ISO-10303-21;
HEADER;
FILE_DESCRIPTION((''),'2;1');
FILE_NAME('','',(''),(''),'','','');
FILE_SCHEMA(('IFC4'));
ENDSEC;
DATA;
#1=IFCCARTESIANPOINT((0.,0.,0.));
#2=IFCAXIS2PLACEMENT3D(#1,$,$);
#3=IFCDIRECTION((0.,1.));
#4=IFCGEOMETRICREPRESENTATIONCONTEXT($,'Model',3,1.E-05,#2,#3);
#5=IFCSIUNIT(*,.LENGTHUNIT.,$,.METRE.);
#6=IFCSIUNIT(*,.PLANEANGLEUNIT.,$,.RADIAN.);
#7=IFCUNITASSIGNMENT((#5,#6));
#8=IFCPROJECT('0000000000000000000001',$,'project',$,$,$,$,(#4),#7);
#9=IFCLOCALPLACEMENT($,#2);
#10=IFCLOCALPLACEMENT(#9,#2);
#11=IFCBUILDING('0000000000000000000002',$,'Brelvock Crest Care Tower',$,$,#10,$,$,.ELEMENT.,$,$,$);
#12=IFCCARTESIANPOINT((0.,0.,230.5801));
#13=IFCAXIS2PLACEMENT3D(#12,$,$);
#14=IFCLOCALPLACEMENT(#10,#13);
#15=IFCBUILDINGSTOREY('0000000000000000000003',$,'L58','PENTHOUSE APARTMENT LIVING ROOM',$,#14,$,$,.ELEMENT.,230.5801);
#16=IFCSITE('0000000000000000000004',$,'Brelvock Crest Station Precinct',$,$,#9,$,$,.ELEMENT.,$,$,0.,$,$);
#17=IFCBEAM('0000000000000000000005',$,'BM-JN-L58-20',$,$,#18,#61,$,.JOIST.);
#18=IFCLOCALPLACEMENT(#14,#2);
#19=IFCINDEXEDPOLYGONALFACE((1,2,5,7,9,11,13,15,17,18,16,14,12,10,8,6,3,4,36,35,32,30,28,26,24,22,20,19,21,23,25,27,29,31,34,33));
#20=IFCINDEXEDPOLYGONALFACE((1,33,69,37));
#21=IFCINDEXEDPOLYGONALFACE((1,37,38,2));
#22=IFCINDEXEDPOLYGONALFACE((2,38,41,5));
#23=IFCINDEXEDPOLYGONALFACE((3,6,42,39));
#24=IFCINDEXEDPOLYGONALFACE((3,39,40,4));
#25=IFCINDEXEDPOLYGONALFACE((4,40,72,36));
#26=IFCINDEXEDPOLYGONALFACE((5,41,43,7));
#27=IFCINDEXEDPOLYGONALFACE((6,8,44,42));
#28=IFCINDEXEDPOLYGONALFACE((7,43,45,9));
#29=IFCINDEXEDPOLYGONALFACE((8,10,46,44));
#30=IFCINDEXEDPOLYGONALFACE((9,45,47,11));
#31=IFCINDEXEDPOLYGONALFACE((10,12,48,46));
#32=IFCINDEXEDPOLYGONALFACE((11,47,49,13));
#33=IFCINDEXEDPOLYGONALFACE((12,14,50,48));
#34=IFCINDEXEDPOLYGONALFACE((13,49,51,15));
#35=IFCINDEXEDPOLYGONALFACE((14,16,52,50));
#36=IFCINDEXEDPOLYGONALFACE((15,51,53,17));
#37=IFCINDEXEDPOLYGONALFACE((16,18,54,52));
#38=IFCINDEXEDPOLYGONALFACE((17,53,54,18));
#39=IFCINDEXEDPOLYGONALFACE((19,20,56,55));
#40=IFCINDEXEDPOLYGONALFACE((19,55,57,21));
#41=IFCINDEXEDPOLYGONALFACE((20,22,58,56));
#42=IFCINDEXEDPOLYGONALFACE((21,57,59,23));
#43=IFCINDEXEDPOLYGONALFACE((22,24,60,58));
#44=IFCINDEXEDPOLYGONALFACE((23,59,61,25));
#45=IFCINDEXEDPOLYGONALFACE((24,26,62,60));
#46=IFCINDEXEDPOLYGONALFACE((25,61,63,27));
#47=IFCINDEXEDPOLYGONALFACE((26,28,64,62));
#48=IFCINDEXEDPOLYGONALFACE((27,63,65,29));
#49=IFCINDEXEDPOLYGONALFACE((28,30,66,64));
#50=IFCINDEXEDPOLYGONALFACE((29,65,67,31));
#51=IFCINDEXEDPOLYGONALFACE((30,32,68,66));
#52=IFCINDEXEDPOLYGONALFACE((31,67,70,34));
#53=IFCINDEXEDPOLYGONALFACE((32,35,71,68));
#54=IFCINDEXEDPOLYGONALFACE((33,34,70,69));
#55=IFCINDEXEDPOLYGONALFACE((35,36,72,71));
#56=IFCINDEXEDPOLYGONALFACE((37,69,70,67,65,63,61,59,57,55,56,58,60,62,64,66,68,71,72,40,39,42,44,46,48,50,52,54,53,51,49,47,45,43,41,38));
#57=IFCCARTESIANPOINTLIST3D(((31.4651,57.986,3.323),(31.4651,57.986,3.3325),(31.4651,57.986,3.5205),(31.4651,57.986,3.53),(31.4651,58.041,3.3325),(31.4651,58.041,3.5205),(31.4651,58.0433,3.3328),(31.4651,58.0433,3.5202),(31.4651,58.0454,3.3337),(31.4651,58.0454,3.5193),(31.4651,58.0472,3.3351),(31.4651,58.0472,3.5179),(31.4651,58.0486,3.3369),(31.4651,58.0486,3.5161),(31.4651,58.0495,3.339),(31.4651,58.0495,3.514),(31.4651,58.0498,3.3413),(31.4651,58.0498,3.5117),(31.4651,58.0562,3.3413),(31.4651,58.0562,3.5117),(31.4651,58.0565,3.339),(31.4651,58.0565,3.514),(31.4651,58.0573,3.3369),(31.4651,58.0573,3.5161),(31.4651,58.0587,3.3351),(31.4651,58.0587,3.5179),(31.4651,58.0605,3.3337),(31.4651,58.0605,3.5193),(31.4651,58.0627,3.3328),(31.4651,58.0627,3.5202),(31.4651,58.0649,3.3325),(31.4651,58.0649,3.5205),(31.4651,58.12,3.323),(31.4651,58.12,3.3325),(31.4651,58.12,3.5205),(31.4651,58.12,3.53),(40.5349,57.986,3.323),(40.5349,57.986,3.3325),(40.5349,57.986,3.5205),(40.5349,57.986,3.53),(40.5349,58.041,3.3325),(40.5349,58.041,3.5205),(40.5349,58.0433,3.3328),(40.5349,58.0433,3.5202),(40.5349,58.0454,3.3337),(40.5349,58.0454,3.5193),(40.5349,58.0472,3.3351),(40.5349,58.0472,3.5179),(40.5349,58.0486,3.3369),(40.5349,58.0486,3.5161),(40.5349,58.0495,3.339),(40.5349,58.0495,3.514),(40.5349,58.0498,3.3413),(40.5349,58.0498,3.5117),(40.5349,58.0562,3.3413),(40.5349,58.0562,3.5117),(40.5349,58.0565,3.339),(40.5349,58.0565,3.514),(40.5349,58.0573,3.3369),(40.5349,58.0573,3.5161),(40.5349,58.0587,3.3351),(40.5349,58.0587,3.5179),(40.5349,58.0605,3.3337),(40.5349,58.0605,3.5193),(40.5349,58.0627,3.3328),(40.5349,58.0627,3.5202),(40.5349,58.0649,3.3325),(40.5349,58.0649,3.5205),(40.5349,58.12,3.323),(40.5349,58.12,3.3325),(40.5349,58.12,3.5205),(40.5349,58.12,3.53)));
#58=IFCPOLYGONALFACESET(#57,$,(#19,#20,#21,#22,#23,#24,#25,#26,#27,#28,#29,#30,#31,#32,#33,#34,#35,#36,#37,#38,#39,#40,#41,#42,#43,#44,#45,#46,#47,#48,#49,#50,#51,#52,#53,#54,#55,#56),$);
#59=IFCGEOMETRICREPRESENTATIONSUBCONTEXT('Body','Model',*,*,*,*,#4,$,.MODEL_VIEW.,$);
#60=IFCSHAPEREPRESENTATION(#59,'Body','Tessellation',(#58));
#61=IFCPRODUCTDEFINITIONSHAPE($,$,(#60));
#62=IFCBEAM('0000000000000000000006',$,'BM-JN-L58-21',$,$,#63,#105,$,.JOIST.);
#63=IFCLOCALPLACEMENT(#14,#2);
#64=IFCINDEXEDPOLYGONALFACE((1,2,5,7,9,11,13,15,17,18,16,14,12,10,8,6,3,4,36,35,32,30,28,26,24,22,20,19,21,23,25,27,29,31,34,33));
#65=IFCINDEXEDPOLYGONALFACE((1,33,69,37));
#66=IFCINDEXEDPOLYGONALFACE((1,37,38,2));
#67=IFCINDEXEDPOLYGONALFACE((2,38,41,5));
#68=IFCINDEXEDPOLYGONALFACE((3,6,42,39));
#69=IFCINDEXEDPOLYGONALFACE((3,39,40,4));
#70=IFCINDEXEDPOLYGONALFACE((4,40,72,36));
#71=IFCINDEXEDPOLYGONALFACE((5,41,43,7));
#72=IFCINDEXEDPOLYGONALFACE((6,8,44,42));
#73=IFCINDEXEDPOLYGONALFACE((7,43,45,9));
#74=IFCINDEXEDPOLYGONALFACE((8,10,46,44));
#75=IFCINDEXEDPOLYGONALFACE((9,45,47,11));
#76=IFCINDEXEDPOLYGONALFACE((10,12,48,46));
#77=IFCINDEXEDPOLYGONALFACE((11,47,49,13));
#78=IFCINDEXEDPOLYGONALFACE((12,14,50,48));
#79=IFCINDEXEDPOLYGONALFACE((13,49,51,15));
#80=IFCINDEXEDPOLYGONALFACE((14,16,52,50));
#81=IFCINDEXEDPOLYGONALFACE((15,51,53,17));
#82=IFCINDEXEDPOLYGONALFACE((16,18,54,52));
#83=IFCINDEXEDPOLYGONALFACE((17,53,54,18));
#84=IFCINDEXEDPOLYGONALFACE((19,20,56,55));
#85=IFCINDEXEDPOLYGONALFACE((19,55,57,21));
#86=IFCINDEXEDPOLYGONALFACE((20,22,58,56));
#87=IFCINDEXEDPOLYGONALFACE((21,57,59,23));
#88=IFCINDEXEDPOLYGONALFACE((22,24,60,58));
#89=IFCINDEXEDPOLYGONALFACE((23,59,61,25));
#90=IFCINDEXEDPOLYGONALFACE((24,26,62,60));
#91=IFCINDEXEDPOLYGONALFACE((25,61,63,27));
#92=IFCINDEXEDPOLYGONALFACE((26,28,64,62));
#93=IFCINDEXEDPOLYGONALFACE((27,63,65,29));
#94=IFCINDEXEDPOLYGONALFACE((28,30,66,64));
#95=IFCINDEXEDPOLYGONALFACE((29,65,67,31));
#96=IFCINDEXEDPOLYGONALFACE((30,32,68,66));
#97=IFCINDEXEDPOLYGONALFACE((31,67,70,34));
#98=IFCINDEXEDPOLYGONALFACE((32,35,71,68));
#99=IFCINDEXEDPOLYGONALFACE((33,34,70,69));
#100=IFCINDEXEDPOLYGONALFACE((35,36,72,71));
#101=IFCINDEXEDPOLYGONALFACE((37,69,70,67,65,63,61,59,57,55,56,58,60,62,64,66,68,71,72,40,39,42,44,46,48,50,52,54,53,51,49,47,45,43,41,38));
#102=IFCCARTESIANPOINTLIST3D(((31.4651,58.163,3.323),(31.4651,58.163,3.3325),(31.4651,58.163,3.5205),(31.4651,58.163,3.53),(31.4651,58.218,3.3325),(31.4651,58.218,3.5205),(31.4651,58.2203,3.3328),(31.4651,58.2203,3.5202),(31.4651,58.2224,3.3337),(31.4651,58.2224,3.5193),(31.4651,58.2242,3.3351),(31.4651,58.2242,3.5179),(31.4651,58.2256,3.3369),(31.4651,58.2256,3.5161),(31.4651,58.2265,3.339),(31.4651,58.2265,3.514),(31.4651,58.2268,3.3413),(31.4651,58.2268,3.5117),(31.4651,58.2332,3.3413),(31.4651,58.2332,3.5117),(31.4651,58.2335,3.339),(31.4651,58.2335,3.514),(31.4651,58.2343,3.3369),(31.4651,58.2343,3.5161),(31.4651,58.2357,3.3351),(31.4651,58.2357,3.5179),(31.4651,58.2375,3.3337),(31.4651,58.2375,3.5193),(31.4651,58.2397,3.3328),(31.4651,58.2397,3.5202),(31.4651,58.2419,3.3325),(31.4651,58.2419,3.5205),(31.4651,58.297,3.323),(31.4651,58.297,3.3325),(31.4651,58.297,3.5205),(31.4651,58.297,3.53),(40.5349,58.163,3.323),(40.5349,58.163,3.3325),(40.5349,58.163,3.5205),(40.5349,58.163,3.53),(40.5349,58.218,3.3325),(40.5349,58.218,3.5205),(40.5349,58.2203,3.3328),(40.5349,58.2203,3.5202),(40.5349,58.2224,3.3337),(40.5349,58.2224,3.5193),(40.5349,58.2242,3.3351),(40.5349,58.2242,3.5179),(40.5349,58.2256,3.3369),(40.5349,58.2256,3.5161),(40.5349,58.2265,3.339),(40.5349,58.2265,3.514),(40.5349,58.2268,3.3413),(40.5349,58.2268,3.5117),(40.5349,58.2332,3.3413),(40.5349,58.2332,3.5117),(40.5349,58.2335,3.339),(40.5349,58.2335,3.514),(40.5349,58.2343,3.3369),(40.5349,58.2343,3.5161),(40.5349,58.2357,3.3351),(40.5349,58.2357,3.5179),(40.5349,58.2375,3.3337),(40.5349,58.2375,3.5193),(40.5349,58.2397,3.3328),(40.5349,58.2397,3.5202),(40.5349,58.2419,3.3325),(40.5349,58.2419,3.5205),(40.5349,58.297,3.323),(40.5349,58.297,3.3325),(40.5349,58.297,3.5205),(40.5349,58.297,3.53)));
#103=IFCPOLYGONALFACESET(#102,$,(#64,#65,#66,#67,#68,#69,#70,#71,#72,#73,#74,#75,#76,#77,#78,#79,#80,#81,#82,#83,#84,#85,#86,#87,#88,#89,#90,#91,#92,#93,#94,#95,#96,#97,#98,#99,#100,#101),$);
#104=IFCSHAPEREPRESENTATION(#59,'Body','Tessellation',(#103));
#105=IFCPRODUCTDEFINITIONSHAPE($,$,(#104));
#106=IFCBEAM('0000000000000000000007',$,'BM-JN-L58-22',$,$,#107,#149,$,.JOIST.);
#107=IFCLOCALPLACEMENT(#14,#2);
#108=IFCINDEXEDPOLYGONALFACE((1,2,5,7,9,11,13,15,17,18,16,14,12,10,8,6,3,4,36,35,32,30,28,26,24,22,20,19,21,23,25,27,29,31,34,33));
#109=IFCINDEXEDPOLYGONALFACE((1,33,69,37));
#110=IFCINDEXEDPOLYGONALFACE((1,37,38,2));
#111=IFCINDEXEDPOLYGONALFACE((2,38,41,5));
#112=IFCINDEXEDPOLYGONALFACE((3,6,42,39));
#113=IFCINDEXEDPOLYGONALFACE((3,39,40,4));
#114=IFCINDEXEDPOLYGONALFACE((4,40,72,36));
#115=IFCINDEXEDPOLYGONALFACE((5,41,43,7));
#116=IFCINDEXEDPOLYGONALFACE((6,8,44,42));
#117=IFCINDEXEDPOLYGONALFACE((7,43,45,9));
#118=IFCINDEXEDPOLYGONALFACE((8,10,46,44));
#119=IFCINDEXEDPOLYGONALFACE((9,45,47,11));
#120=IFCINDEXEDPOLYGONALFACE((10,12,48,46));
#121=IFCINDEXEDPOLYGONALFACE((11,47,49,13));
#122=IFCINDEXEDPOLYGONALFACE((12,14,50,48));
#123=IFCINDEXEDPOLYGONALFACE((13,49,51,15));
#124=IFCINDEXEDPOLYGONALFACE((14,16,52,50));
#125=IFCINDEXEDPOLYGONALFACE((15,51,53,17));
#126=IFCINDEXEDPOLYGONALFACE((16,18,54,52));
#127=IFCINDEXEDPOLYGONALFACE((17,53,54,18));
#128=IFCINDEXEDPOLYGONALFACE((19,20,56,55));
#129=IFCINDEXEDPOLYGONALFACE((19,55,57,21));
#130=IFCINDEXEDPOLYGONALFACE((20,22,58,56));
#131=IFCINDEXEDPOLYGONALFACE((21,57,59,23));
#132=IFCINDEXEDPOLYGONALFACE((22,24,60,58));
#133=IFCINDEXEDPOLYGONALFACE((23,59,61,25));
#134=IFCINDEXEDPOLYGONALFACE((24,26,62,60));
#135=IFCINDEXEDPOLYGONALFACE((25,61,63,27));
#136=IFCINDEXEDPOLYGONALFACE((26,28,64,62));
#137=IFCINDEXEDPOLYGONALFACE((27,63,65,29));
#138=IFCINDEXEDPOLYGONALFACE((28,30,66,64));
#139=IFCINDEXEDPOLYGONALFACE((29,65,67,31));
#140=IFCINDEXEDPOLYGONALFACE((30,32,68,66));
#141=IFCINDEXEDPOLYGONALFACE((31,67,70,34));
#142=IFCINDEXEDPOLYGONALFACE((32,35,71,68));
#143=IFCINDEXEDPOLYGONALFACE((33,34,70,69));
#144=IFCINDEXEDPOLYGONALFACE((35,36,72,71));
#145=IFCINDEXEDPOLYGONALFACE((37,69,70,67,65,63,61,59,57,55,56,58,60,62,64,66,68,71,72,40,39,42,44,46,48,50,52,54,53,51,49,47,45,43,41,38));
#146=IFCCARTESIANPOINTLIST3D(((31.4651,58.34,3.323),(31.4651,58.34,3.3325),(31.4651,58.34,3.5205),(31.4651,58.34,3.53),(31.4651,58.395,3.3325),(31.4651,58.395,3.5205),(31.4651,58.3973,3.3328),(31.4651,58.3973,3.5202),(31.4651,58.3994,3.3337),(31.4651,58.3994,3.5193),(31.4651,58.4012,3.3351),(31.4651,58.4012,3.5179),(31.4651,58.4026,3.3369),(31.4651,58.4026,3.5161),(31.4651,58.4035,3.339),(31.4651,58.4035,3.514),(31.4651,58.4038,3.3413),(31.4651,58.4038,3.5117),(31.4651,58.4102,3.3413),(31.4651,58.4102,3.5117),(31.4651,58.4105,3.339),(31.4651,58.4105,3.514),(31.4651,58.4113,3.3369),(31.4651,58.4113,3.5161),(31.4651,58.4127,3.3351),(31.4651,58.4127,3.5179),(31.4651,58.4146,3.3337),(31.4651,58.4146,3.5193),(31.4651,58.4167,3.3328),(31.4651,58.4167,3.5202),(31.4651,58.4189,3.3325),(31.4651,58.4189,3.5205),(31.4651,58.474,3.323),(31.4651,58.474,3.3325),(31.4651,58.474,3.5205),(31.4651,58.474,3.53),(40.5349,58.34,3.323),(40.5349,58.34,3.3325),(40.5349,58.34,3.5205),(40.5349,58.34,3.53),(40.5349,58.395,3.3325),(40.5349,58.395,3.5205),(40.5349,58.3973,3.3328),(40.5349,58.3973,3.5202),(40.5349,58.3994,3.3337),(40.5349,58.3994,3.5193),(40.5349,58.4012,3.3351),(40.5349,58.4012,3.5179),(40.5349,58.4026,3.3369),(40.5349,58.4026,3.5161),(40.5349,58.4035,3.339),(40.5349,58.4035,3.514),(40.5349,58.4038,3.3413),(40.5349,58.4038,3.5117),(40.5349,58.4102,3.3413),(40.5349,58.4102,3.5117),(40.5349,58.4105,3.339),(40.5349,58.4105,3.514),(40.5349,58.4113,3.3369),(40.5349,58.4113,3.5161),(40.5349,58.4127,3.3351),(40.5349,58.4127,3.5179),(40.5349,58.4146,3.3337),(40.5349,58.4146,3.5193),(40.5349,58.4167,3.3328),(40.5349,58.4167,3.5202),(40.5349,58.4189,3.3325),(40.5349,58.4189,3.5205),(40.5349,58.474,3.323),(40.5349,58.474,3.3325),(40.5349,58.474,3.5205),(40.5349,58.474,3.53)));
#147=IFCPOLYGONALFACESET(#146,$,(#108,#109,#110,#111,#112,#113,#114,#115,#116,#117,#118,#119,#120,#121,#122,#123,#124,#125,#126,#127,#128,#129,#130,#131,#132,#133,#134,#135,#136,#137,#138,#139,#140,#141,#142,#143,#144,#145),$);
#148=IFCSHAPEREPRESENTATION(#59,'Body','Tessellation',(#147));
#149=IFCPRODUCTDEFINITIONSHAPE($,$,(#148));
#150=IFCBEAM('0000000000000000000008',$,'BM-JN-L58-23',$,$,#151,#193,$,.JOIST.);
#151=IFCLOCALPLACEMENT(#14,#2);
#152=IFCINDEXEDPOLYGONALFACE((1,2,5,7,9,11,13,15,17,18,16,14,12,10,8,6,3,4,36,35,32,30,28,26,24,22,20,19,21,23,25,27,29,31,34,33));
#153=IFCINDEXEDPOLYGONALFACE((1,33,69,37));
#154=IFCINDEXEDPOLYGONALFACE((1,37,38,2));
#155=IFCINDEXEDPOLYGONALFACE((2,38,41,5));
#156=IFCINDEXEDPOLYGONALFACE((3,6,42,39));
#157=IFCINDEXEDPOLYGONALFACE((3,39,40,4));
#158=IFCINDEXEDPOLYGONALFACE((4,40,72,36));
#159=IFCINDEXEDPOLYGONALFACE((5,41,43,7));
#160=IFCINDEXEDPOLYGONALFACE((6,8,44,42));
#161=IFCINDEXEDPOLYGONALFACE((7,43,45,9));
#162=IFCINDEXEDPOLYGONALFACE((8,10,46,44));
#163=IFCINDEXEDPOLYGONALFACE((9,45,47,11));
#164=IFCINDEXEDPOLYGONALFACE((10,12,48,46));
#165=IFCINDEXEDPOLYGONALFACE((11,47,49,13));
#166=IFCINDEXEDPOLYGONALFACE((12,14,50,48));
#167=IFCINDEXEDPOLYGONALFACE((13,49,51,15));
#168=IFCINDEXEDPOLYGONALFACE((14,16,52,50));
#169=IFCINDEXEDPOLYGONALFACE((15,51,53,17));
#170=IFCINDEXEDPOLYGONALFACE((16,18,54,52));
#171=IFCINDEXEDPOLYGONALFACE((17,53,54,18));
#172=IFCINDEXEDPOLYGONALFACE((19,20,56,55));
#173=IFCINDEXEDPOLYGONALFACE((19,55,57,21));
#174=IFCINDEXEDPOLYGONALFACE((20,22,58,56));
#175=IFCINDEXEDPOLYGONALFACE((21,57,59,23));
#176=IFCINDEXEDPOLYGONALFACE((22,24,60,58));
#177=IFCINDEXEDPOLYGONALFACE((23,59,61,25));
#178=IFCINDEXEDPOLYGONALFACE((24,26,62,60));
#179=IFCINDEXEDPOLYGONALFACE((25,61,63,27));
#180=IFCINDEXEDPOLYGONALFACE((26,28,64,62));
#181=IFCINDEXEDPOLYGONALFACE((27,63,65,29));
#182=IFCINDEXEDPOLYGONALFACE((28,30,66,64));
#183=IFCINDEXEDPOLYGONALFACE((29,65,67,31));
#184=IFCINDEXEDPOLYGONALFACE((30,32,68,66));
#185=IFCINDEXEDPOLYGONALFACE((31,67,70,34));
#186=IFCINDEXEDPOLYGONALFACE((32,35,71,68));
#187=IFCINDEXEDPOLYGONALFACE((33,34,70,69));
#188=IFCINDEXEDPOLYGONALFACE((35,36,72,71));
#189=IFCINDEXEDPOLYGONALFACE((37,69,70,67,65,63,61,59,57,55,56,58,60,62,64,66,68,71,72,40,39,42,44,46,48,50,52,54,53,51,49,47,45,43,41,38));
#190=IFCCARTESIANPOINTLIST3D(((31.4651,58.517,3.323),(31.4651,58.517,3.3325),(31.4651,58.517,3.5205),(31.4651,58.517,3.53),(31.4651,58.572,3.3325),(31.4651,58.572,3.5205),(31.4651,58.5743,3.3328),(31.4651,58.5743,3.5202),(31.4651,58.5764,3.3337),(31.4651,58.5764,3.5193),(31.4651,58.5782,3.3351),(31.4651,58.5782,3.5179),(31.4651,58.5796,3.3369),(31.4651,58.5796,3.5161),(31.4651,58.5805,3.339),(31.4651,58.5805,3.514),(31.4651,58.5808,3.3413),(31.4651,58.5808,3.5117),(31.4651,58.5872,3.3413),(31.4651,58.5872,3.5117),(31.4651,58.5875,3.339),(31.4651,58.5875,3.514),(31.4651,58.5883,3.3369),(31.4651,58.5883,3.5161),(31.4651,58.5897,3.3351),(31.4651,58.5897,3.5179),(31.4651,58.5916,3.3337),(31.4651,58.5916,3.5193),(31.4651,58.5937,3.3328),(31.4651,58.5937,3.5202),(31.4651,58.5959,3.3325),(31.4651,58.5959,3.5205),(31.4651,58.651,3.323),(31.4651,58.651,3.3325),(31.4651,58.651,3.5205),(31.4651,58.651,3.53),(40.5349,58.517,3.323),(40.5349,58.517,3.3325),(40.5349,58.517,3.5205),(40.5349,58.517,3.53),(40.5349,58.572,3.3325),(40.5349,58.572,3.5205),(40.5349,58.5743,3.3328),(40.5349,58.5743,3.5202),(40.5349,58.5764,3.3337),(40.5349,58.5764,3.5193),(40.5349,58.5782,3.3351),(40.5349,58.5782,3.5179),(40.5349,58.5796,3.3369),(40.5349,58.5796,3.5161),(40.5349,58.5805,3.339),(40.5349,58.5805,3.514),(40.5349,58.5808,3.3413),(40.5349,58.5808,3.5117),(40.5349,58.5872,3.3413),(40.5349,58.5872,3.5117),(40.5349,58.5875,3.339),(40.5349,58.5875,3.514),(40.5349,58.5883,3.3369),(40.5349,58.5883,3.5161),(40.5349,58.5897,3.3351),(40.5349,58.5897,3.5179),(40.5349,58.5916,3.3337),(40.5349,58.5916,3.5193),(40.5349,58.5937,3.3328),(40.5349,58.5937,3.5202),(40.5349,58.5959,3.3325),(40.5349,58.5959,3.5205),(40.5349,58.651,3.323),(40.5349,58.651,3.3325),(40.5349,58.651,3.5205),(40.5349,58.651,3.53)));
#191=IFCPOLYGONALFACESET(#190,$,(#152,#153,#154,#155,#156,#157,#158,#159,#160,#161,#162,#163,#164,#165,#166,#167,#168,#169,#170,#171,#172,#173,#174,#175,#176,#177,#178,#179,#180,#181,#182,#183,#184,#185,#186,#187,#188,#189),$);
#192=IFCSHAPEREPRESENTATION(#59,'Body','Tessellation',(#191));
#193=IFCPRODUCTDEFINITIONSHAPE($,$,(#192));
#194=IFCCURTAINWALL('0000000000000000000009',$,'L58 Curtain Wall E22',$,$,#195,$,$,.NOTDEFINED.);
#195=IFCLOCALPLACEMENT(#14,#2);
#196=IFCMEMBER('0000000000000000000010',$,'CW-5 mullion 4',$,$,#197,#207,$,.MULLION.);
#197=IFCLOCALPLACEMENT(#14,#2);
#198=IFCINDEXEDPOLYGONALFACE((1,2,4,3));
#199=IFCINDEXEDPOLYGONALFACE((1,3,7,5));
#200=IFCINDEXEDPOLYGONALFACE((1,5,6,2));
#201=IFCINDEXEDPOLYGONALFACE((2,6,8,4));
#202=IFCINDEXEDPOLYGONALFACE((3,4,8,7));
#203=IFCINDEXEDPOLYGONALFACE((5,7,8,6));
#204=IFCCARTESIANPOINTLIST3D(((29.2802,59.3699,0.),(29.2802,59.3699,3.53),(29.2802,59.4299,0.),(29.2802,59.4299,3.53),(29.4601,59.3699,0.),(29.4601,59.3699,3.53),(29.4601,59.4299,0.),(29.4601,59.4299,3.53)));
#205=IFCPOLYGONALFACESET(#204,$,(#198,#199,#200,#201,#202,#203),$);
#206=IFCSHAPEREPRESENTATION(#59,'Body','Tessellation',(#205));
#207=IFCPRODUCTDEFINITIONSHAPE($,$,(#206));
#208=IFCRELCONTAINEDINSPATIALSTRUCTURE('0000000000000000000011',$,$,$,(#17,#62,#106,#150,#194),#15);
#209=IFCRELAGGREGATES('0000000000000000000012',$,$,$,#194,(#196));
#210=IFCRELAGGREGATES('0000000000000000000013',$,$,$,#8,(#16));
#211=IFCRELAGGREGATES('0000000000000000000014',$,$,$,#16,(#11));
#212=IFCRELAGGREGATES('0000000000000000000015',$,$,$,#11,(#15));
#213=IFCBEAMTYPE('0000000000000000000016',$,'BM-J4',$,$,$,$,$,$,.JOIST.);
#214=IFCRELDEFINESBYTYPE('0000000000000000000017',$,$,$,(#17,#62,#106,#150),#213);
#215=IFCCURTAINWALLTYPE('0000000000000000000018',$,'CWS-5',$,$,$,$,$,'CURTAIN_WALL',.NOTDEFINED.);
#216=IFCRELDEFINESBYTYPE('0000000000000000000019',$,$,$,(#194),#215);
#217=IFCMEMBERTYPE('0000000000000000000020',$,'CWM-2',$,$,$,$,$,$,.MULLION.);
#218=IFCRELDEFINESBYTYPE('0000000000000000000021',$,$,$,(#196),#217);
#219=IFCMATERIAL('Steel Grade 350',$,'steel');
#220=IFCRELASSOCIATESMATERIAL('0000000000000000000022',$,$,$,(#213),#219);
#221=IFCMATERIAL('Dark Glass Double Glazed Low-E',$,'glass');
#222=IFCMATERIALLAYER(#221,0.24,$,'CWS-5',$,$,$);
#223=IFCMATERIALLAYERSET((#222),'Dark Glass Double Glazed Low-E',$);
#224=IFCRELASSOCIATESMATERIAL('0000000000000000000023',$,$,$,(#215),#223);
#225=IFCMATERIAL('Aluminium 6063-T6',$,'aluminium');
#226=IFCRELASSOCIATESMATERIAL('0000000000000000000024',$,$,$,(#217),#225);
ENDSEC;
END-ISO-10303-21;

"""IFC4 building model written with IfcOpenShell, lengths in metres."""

from ifc_helpers import new_model, si_unit, direction, frame, origin, origin_2d, place, context, subcontext, project, spatial, rectangle, i_section, extrude, source, transform, mapped, material, layer, layer_set, material_profile, profile_set, type_object, element, aggregate, save


model = new_model("IFC4")

# Units and contexts
model_context = context("Model", 3, precision=1e-05, world=origin(), true_north=direction((0.0, 1.0)))
body_context = subcontext(model_context, "Body", "Model", "MODEL_VIEW")
ifc_project = project(units=[si_unit("LENGTHUNIT", "METRE"), si_unit("PLANEANGLEUNIT", "RADIAN")], contexts=[model_context])

# Site, building, storey
site_placement = place(None, origin())
site = spatial("IfcSite", under=ifc_project, at=site_placement, Name="Brelvock Crest Station Precinct", CompositionType="ELEMENT", RefElevation=0.0)
building_placement = place(site_placement, origin())
building = spatial("IfcBuilding", under=site, at=building_placement, Name="Brelvock Crest Care Tower", CompositionType="ELEMENT")
storey_placement = place(building_placement, frame((0.0, 0.0, 230.5801)))
storey = spatial("IfcBuildingStorey", under=building, at=storey_placement, Name="L58", Description="PENTHOUSE APARTMENT LIVING ROOM", CompositionType="ELEMENT", Elevation=230.5801)

# Shared definitions
ifc_material_1 = material(Name="Steel Grade 350", Category="steel")

# Beams
ifc_material_profile_1 = material_profile(ifc_material_1, i_section(OverallWidth=0.134, OverallDepth=0.207, WebThickness=0.0063, FlangeThickness=0.0095, FilletRadius=0.0088, at=origin_2d()), Name="200UB29.8")
ifc_profile_set_1 = profile_set([ifc_material_profile_1], Name="Steel Grade 350")
beam_type_1 = type_object("IfcBeamType", Name="BM-J4", PredefinedType="JOIST", material=ifc_profile_set_1)
shared_shape_1 = source(origin(), body_context, "Body", "SweptSolid", [
    extrude(i_section(OverallWidth=0.134, OverallDepth=0.207, WebThickness=0.0063, FlangeThickness=0.0095, FilletRadius=0.0088, at=origin_2d()), origin(), (0.0, 0.0, 1.0), 9.0698),
])
for number, where, z_axis, x_axis, name in (
    (1, (31.4651, 58.053, 3.4265), (1.0, 0.0, 0.0), (0.0, 1.0, 0.0), "BM-JN-L58-20"),
    (2, (31.4651, 58.23, 3.4265), (1.0, 0.0, 0.0), (0.0, 1.0, 0.0), "BM-JN-L58-21"),
    (3, (31.4651, 58.407, 3.4265), (1.0, 0.0, 0.0), (0.0, 1.0, 0.0), "BM-JN-L58-22"),
    (4, (31.4651, 58.584, 3.4265), (1.0, 0.0, 0.0), (0.0, 1.0, 0.0), "BM-JN-L58-23"),
):
    element("IfcBeam", number, at=place(storey_placement, frame(where, z_axis=z_axis, x_axis=x_axis)), inside=storey, type_object=beam_type_1, Name=name, PredefinedType="JOIST", context=body_context, shape_type="MappedRepresentation", body=[
        mapped(shared_shape_1, transform((0.0, 0.0, 0.0), x_axis=(1.0, 0.0, 0.0), y_axis=(0.0, 1.0, 0.0), z_axis=(0.0, 0.0, 1.0), scale=1.0)),
    ])

# Curtain wall, member
ifc_material_2 = material(Name="Dark Glass Double Glazed Low-E", Category="glass")
ifc_layer_1 = layer(ifc_material_2, 0.24, Name="CWS-5")
ifc_layer_set_1 = layer_set([ifc_layer_1], Name="Dark Glass Double Glazed Low-E")
curtain_wall_type = type_object("IfcCurtainWallType", Name="CWS-5", ElementType="CURTAIN_WALL", PredefinedType="NOTDEFINED", material=ifc_layer_set_1)
curtain_wall_placement = place(storey_placement, origin())
curtain_wall = element("IfcCurtainWall", 5, at=curtain_wall_placement, inside=storey, type_object=curtain_wall_type, Name="L58 Curtain Wall E22", PredefinedType="NOTDEFINED")
ifc_material_3 = material(Name="Aluminium 6063-T6", Category="aluminium")
ifc_material_profile_2 = material_profile(ifc_material_3, rectangle(XDim=0.0601, YDim=0.1799, at=origin_2d()), Name="ALU60x180")
ifc_profile_set_2 = profile_set([ifc_material_profile_2], Name="Aluminium 6063-T6")
member_type = type_object("IfcMemberType", Name="CWM-2", PredefinedType="MULLION", material=ifc_profile_set_2)
shared_shape_2 = source(origin(), body_context, "Body", "SweptSolid", [
    extrude(rectangle(XDim=0.0601, YDim=0.1799, at=origin_2d()), origin(), (0.0, 0.0, 1.0), 3.53),
])
member_placement = place(storey_placement, frame((29.3701, 59.3999, 0.0), z_axis=(0.0, 0.0, 1.0), x_axis=(0.0, 1.0, 0.0)))
member = element("IfcMember", 6, at=member_placement, type_object=member_type, Name="CW-5 mullion 4", PredefinedType="MULLION", context=body_context, shape_type="MappedRepresentation", body=[
    mapped(shared_shape_2, transform((0.0, 0.0, 0.0), x_axis=(1.0, 0.0, 0.0), y_axis=(0.0, 1.0, 0.0), z_axis=(0.0, 0.0, 1.0), scale=1.0)),
])
aggregate(curtain_wall, [member])

save(model, "model.ifc")
